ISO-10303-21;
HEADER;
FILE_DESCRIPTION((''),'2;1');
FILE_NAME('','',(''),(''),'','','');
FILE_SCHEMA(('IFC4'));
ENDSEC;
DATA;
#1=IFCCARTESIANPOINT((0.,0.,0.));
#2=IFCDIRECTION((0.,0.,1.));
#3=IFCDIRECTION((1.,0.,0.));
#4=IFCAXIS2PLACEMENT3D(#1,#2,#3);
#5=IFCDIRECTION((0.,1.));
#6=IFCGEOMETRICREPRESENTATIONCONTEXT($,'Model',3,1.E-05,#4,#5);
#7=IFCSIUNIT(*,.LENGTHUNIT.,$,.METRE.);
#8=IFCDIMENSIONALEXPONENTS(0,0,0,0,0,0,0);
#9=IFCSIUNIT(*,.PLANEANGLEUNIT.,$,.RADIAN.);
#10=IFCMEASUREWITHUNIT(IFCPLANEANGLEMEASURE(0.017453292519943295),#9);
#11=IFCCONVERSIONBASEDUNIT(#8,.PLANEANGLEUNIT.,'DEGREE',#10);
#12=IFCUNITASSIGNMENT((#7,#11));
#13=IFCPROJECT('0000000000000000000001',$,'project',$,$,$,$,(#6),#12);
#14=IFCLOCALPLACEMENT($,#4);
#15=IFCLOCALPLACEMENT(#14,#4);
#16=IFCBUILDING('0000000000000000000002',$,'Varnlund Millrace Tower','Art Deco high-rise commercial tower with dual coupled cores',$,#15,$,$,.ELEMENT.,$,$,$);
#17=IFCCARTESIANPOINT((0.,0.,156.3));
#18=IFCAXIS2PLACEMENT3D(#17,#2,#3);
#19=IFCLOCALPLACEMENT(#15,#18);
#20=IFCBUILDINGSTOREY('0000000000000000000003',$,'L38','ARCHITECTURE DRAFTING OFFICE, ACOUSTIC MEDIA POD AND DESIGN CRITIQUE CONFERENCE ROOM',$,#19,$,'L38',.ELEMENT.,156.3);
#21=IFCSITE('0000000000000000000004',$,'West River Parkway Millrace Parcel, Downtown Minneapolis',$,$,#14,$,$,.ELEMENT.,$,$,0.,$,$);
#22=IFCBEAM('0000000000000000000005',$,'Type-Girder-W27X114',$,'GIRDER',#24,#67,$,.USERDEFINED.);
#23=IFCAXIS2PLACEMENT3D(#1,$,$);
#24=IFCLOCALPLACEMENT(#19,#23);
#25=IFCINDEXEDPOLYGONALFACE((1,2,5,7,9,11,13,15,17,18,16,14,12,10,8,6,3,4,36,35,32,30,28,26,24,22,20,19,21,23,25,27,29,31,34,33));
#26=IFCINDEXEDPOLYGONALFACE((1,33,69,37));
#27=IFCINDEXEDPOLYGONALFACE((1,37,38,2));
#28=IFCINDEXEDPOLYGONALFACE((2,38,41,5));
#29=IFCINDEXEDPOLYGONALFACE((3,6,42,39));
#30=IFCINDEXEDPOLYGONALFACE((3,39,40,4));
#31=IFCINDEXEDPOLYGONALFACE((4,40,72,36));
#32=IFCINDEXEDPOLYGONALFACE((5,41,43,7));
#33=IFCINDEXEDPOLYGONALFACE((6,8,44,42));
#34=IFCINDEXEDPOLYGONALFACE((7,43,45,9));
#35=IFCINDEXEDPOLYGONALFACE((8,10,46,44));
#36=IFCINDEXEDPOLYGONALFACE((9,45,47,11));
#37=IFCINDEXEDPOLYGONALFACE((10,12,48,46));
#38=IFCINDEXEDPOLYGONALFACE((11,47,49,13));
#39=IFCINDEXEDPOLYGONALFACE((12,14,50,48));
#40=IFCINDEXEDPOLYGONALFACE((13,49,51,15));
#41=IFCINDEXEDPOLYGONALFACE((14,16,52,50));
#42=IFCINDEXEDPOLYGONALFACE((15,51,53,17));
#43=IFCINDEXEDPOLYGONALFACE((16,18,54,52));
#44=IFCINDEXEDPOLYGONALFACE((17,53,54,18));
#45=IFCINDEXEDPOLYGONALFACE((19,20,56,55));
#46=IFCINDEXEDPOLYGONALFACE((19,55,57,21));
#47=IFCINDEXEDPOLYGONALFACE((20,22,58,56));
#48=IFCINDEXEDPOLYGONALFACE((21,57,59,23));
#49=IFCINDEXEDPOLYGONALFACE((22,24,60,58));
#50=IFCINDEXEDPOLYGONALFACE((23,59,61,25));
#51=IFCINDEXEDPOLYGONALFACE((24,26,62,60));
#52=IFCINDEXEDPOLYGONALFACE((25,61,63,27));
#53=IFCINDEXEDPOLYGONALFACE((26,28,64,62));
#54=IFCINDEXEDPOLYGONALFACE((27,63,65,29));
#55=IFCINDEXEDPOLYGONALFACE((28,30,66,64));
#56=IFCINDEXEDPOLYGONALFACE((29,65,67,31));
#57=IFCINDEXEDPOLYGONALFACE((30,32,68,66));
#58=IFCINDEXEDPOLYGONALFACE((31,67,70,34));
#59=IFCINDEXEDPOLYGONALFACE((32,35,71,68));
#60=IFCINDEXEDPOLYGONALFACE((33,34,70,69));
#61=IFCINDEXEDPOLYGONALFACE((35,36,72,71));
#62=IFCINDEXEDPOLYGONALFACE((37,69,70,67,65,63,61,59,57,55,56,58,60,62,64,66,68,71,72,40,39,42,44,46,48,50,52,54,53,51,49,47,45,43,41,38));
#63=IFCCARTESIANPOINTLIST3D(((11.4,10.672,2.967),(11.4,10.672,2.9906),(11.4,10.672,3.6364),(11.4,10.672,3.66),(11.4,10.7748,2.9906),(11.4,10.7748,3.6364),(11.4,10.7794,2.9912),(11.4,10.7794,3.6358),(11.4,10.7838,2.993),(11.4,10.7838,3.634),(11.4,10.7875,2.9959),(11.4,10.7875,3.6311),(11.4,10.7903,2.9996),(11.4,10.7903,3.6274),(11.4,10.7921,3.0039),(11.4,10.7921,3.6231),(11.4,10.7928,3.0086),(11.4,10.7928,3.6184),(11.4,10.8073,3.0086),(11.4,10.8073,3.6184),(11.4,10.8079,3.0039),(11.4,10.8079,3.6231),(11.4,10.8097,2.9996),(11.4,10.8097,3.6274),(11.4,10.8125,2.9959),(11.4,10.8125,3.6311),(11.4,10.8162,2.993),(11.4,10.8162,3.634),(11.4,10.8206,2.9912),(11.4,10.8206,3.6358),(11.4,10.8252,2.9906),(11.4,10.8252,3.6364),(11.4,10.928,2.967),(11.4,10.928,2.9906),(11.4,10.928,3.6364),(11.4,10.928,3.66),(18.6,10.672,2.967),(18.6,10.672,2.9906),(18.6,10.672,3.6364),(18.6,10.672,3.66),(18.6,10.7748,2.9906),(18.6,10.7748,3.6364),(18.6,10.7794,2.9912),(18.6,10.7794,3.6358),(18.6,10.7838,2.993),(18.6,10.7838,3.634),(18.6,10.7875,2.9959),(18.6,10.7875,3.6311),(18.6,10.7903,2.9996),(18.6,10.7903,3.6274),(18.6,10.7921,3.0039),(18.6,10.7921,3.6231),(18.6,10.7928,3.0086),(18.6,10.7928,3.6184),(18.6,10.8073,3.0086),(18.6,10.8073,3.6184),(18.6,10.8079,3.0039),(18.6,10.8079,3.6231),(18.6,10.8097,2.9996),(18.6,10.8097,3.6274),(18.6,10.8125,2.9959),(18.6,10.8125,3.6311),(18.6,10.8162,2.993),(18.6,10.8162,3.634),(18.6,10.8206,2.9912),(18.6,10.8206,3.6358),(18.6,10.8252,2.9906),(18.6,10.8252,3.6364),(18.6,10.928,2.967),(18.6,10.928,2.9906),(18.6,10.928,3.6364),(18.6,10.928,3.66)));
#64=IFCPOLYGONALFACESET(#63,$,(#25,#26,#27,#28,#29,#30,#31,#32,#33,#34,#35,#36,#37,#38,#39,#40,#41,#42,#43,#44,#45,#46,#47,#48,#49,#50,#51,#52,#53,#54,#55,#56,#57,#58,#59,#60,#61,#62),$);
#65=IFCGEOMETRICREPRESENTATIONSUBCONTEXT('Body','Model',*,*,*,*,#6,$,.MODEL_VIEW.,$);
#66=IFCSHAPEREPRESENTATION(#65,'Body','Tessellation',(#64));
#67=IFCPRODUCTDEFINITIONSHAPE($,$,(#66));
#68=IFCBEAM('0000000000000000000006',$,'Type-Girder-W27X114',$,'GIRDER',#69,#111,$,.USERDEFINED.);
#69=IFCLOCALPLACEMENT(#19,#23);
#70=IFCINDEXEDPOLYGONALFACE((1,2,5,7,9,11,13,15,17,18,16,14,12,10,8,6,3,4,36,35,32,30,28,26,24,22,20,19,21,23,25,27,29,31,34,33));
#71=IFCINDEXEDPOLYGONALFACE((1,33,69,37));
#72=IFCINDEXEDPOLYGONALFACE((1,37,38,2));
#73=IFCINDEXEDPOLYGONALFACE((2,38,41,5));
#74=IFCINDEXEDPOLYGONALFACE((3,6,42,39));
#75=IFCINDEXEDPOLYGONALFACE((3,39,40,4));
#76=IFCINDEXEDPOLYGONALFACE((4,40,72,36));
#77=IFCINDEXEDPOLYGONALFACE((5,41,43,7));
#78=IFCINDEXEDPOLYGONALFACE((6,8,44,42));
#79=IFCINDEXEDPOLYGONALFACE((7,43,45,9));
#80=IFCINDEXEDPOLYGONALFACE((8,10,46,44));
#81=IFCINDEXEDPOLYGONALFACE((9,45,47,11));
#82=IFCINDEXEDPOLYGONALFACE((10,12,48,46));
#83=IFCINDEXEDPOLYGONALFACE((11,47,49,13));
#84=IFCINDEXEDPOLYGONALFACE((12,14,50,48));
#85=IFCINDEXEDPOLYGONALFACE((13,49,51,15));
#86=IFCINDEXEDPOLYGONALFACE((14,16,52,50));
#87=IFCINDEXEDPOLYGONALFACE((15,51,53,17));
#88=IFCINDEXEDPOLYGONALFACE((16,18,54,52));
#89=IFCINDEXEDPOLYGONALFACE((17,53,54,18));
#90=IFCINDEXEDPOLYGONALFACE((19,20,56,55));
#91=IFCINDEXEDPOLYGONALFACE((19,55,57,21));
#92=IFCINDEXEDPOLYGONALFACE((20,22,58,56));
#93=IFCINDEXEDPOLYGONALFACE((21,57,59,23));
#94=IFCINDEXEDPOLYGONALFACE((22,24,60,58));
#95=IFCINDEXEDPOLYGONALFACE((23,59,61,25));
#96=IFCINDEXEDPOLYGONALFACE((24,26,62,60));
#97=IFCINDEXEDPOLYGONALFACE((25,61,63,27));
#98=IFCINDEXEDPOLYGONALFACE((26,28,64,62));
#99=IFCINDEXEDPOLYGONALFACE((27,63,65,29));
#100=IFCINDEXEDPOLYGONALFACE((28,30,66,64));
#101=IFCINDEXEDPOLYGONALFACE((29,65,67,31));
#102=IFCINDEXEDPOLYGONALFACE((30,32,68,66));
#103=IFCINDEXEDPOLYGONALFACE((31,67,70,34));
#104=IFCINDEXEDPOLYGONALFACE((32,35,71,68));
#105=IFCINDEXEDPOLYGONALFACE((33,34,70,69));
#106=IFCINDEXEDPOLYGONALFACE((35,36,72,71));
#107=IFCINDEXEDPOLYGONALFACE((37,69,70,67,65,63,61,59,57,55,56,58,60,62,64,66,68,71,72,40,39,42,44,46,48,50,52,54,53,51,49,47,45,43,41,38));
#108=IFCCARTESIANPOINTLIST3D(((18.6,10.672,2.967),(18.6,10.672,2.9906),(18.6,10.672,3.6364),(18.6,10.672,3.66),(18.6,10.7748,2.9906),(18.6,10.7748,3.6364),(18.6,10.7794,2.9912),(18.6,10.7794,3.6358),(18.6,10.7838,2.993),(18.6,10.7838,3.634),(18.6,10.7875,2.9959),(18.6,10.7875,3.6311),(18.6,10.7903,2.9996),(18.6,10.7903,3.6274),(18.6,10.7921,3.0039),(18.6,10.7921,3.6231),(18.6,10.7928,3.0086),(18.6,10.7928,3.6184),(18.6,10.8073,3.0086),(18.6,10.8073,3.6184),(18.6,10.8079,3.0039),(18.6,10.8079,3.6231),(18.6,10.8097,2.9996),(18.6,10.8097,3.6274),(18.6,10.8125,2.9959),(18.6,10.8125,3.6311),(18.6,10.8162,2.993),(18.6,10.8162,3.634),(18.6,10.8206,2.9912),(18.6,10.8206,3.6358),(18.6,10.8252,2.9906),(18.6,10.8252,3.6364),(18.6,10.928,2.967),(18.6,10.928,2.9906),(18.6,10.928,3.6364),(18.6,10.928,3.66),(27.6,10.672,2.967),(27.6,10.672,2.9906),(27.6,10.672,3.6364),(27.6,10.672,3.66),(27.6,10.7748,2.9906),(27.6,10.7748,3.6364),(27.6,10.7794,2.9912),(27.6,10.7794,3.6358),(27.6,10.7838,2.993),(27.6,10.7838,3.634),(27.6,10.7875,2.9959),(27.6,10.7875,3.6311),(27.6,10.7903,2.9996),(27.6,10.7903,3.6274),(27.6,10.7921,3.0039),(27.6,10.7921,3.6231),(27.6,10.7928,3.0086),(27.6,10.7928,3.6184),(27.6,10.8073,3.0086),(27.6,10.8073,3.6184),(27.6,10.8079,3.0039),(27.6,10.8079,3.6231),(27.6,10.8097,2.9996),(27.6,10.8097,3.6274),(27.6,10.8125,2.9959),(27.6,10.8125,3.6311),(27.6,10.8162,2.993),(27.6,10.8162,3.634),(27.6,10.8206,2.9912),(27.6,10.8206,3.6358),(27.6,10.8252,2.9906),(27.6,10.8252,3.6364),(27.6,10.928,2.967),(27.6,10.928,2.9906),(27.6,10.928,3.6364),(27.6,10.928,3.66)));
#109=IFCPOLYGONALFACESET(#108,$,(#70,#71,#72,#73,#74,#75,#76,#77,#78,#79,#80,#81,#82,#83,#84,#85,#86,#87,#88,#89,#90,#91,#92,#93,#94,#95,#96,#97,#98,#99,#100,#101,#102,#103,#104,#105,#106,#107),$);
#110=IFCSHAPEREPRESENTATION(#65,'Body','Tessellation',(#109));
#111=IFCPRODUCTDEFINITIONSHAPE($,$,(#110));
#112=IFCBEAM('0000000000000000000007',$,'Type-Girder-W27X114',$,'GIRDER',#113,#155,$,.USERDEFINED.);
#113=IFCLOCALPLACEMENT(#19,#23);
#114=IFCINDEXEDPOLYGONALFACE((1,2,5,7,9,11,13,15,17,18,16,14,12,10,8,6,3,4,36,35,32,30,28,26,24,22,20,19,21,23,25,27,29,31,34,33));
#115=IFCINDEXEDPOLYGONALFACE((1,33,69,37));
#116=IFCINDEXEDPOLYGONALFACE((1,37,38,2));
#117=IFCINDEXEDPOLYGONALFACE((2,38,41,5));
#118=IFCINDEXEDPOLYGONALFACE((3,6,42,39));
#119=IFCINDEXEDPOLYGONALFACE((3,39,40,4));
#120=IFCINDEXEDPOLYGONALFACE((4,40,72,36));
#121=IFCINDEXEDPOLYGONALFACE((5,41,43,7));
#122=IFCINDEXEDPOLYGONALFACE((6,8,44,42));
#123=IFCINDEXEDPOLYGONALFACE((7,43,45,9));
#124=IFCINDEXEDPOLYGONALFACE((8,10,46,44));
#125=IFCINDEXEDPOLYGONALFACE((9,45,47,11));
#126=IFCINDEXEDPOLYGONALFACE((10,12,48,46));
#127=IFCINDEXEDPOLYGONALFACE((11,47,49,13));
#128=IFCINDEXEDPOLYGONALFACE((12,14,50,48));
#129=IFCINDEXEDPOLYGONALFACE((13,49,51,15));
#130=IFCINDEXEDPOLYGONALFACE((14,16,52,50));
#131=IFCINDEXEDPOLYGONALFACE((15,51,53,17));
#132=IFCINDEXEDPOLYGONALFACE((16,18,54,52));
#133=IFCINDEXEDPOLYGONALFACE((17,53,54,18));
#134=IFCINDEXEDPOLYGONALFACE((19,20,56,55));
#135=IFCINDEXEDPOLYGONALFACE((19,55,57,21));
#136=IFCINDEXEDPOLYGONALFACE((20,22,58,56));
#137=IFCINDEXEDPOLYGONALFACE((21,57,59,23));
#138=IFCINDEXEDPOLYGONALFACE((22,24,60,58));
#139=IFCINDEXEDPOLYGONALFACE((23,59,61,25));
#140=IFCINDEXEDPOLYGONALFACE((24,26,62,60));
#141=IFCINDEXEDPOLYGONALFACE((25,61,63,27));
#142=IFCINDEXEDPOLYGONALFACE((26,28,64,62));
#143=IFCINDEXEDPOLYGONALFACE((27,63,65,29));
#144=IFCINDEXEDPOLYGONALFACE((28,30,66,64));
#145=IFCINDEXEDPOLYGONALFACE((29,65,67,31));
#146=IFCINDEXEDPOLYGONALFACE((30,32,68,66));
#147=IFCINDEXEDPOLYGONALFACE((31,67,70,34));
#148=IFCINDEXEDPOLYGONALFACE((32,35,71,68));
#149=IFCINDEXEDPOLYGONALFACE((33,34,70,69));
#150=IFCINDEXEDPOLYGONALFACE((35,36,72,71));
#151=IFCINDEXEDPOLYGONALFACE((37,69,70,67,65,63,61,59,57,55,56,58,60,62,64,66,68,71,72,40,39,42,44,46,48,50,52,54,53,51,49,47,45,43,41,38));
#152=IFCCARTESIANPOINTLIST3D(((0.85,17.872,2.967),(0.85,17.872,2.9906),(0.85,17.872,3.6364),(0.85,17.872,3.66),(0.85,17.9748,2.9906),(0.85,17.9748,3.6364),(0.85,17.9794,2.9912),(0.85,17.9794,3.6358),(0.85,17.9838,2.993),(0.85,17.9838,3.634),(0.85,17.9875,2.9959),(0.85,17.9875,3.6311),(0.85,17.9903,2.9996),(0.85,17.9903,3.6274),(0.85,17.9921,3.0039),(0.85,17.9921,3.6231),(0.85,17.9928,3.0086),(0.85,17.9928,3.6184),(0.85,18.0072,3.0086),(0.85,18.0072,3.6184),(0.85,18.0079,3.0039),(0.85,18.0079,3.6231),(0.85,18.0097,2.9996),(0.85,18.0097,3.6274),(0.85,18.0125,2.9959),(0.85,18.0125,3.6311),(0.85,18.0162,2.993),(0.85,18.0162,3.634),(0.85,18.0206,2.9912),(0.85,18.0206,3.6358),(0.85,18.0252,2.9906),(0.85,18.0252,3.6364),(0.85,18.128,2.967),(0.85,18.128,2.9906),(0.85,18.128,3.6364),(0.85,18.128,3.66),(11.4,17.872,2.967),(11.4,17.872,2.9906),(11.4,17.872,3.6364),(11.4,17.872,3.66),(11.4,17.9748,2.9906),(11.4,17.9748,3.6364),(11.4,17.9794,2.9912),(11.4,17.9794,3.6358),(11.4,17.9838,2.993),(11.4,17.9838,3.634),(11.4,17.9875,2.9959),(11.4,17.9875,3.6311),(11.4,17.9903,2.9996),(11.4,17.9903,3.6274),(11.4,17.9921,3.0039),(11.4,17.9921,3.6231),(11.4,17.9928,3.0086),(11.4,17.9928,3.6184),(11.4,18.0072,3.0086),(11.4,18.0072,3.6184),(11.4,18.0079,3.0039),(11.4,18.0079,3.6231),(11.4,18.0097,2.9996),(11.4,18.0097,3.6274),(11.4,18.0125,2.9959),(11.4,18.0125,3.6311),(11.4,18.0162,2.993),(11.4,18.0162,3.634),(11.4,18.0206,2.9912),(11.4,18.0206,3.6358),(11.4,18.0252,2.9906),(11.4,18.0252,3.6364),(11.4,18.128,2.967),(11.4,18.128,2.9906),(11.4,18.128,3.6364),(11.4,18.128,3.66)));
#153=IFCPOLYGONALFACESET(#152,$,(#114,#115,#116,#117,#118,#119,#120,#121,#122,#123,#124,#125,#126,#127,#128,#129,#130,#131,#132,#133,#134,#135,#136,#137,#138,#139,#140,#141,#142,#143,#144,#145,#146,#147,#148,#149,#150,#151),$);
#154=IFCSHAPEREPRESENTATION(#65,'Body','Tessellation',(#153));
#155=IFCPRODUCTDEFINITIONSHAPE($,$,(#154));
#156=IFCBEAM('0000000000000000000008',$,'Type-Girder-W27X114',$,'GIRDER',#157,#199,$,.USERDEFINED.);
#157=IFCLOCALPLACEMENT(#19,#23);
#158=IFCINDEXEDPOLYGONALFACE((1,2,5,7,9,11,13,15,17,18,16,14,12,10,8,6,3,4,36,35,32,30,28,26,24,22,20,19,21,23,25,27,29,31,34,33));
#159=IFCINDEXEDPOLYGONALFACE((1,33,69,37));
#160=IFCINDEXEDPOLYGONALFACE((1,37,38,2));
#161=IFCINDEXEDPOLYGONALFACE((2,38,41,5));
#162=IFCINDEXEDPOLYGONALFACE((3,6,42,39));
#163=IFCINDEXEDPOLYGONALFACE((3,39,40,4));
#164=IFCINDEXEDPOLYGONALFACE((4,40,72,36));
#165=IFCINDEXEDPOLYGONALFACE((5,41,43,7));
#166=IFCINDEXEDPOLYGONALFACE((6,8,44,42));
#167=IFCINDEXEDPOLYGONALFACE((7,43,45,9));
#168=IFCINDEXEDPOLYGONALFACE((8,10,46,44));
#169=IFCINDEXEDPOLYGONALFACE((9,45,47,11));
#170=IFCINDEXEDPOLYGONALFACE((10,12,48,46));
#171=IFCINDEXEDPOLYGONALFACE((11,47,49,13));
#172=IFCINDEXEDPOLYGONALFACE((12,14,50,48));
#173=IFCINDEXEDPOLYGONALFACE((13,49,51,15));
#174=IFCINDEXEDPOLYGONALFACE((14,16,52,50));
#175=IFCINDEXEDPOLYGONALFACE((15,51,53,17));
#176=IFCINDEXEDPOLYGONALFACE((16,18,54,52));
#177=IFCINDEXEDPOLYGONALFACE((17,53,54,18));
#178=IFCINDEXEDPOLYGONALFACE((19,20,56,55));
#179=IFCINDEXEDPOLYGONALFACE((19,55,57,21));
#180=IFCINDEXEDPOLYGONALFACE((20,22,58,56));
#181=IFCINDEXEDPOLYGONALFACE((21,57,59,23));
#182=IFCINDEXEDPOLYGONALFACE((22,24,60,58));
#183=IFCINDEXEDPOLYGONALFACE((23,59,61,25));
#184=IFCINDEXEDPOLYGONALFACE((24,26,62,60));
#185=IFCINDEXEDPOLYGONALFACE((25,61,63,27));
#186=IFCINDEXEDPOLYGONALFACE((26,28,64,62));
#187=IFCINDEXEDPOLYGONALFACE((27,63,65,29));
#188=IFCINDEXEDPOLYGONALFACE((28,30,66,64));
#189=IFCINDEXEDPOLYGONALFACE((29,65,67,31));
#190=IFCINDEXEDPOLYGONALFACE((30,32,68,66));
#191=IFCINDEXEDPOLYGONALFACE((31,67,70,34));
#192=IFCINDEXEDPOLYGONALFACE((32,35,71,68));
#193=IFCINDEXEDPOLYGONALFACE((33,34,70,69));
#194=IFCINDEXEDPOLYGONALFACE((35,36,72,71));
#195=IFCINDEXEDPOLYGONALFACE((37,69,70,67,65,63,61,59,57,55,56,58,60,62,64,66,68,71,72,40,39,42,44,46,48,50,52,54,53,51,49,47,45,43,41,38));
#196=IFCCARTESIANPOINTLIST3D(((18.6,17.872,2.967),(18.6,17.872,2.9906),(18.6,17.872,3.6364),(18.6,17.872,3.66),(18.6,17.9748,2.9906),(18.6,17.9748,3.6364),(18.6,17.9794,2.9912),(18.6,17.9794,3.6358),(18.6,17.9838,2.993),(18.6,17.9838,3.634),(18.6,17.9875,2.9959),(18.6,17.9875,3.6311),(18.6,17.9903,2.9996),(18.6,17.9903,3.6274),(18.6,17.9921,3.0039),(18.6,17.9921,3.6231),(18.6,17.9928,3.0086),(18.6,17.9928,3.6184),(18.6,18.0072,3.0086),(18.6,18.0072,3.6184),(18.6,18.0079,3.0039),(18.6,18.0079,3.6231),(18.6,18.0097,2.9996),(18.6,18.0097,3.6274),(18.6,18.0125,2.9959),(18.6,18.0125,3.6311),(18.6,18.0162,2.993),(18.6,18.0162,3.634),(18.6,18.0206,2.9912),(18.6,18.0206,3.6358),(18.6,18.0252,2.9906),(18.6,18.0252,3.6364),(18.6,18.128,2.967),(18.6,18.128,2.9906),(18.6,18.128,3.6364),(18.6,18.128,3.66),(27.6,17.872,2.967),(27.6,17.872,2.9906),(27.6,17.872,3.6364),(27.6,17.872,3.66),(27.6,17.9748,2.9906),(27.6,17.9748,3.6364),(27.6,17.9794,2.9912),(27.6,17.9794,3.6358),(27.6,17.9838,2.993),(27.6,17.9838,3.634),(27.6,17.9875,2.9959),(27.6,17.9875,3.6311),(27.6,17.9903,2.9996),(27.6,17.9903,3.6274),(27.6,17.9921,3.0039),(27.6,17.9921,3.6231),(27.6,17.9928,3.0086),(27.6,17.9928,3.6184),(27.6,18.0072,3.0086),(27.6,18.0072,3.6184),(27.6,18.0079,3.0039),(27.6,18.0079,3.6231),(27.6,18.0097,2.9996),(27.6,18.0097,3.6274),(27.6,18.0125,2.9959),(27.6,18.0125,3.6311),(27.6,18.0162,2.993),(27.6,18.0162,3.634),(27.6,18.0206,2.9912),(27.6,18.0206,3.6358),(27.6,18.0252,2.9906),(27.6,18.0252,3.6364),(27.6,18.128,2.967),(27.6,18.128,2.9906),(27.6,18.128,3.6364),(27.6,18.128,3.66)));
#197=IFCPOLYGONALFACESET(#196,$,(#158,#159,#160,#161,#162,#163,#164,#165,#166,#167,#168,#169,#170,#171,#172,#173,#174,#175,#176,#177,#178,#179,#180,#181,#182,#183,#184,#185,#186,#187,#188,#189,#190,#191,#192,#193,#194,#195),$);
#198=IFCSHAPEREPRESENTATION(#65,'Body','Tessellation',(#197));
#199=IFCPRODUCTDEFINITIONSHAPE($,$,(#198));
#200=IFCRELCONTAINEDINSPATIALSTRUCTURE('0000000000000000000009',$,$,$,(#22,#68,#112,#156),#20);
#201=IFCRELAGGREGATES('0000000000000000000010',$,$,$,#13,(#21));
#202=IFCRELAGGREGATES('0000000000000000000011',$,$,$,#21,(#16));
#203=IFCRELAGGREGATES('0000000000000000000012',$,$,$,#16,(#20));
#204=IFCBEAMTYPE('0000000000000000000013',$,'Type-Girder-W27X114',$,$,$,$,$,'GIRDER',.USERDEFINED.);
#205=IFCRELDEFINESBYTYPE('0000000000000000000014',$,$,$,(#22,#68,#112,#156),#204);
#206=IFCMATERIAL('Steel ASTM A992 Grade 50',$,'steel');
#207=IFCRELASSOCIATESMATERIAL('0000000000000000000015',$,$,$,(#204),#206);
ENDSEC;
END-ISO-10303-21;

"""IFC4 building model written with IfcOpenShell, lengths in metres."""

from ifc_helpers import new_model, entity, si_unit, converted_unit, direction, frame, origin_with_axes, origin_2d_with_axis, place, context, subcontext, project, spatial, i_section, extrude, material, material_profile, profile_set, type_object, element, save


model = new_model("IFC4")

# Units and contexts
model_context = context("Model", 3, precision=1e-05, world=origin_with_axes(), true_north=direction((0.0, 1.0)))
body_context = subcontext(model_context, "Body", "Model", "MODEL_VIEW")
ifc_project = project(units=[si_unit("LENGTHUNIT", "METRE"), converted_unit("PLANEANGLEUNIT", "DEGREE", entity("IfcPlaneAngleMeasure", 0.017453292519943295), si_unit("PLANEANGLEUNIT", "RADIAN"), dimensions=[0, 0, 0, 0, 0, 0, 0])], contexts=[model_context])

# Site, building, storey
site_placement = place(None, origin_with_axes())
site = spatial("IfcSite", under=ifc_project, at=site_placement, Name="West River Parkway Millrace Parcel, Downtown Minneapolis", CompositionType="ELEMENT", RefElevation=0.0)
building_placement = place(site_placement, origin_with_axes())
building = spatial("IfcBuilding", under=site, at=building_placement, Name="Varnlund Millrace Tower", Description="Art Deco high-rise commercial tower with dual coupled cores", CompositionType="ELEMENT")
storey_placement = place(building_placement, frame((0.0, 0.0, 156.3), z_axis=(0.0, 0.0, 1.0), x_axis=(1.0, 0.0, 0.0)))
storey = spatial("IfcBuildingStorey", under=building, at=storey_placement, Name="L38", Description="ARCHITECTURE DRAFTING OFFICE, ACOUSTIC MEDIA POD AND DESIGN CRITIQUE CONFERENCE ROOM", LongName="L38", CompositionType="ELEMENT", Elevation=156.3)

# Beams
ifc_material_1 = material(Name="Steel ASTM A992 Grade 50", Category="steel")
ifc_material_profile_1 = material_profile(ifc_material_1, i_section(OverallWidth=0.256, OverallDepth=0.693, WebThickness=0.0145, FlangeThickness=0.0236, FilletRadius=0.018, at=origin_2d_with_axis()), Name="Steel ASTM A992 Grade 50")
ifc_profile_set_1 = profile_set([ifc_material_profile_1], Name="Steel ASTM A992 Grade 50")
beam_type_1 = type_object("IfcBeamType", Name="Type-Girder-W27X114", ElementType="GIRDER", PredefinedType="USERDEFINED", material=ifc_profile_set_1)
beam_1_placement = place(storey_placement, frame((11.4, 10.8, 3.3135), z_axis=(1.0, 0.0, 0.0), x_axis=(0.0, 1.0, 0.0)))
element("IfcBeam", 1, at=beam_1_placement, inside=storey, type_object=beam_type_1, Name="Type-Girder-W27X114", ObjectType="GIRDER", PredefinedType="USERDEFINED", context=body_context, shape_type="SweptSolid", body=[
    extrude(i_section(OverallWidth=0.256, OverallDepth=0.693, WebThickness=0.0145, FlangeThickness=0.0236, FilletRadius=0.018, at=origin_2d_with_axis()), origin_with_axes(), (0.0, 0.0, 1.0), 7.2),
])
beam_2_placement = place(storey_placement, frame((18.6, 10.8, 3.3135), z_axis=(1.0, 0.0, 0.0), x_axis=(0.0, 1.0, 0.0)))
element("IfcBeam", 2, at=beam_2_placement, inside=storey, type_object=beam_type_1, Name="Type-Girder-W27X114", ObjectType="GIRDER", PredefinedType="USERDEFINED", context=body_context, shape_type="SweptSolid", body=[
    extrude(i_section(OverallWidth=0.256, OverallDepth=0.693, WebThickness=0.0145, FlangeThickness=0.0236, FilletRadius=0.018, at=origin_2d_with_axis()), origin_with_axes(), (0.0, 0.0, 1.0), 9.0),
])
beam_3_placement = place(storey_placement, frame((0.85, 18.0, 3.3135), z_axis=(1.0, 0.0, 0.0), x_axis=(0.0, 1.0, 0.0)))
element("IfcBeam", 3, at=beam_3_placement, inside=storey, type_object=beam_type_1, Name="Type-Girder-W27X114", ObjectType="GIRDER", PredefinedType="USERDEFINED", context=body_context, shape_type="SweptSolid", body=[
    extrude(i_section(OverallWidth=0.256, OverallDepth=0.693, WebThickness=0.0145, FlangeThickness=0.0236, FilletRadius=0.018, at=origin_2d_with_axis()), origin_with_axes(), (0.0, 0.0, 1.0), 10.55),
])
beam_4_placement = place(storey_placement, frame((18.6, 18.0, 3.3135), z_axis=(1.0, 0.0, 0.0), x_axis=(0.0, 1.0, 0.0)))
element("IfcBeam", 4, at=beam_4_placement, inside=storey, type_object=beam_type_1, Name="Type-Girder-W27X114", ObjectType="GIRDER", PredefinedType="USERDEFINED", context=body_context, shape_type="SweptSolid", body=[
    extrude(i_section(OverallWidth=0.256, OverallDepth=0.693, WebThickness=0.0145, FlangeThickness=0.0236, FilletRadius=0.018, at=origin_2d_with_axis()), origin_with_axes(), (0.0, 0.0, 1.0), 9.0),
])

save(model, "model.ifc")
